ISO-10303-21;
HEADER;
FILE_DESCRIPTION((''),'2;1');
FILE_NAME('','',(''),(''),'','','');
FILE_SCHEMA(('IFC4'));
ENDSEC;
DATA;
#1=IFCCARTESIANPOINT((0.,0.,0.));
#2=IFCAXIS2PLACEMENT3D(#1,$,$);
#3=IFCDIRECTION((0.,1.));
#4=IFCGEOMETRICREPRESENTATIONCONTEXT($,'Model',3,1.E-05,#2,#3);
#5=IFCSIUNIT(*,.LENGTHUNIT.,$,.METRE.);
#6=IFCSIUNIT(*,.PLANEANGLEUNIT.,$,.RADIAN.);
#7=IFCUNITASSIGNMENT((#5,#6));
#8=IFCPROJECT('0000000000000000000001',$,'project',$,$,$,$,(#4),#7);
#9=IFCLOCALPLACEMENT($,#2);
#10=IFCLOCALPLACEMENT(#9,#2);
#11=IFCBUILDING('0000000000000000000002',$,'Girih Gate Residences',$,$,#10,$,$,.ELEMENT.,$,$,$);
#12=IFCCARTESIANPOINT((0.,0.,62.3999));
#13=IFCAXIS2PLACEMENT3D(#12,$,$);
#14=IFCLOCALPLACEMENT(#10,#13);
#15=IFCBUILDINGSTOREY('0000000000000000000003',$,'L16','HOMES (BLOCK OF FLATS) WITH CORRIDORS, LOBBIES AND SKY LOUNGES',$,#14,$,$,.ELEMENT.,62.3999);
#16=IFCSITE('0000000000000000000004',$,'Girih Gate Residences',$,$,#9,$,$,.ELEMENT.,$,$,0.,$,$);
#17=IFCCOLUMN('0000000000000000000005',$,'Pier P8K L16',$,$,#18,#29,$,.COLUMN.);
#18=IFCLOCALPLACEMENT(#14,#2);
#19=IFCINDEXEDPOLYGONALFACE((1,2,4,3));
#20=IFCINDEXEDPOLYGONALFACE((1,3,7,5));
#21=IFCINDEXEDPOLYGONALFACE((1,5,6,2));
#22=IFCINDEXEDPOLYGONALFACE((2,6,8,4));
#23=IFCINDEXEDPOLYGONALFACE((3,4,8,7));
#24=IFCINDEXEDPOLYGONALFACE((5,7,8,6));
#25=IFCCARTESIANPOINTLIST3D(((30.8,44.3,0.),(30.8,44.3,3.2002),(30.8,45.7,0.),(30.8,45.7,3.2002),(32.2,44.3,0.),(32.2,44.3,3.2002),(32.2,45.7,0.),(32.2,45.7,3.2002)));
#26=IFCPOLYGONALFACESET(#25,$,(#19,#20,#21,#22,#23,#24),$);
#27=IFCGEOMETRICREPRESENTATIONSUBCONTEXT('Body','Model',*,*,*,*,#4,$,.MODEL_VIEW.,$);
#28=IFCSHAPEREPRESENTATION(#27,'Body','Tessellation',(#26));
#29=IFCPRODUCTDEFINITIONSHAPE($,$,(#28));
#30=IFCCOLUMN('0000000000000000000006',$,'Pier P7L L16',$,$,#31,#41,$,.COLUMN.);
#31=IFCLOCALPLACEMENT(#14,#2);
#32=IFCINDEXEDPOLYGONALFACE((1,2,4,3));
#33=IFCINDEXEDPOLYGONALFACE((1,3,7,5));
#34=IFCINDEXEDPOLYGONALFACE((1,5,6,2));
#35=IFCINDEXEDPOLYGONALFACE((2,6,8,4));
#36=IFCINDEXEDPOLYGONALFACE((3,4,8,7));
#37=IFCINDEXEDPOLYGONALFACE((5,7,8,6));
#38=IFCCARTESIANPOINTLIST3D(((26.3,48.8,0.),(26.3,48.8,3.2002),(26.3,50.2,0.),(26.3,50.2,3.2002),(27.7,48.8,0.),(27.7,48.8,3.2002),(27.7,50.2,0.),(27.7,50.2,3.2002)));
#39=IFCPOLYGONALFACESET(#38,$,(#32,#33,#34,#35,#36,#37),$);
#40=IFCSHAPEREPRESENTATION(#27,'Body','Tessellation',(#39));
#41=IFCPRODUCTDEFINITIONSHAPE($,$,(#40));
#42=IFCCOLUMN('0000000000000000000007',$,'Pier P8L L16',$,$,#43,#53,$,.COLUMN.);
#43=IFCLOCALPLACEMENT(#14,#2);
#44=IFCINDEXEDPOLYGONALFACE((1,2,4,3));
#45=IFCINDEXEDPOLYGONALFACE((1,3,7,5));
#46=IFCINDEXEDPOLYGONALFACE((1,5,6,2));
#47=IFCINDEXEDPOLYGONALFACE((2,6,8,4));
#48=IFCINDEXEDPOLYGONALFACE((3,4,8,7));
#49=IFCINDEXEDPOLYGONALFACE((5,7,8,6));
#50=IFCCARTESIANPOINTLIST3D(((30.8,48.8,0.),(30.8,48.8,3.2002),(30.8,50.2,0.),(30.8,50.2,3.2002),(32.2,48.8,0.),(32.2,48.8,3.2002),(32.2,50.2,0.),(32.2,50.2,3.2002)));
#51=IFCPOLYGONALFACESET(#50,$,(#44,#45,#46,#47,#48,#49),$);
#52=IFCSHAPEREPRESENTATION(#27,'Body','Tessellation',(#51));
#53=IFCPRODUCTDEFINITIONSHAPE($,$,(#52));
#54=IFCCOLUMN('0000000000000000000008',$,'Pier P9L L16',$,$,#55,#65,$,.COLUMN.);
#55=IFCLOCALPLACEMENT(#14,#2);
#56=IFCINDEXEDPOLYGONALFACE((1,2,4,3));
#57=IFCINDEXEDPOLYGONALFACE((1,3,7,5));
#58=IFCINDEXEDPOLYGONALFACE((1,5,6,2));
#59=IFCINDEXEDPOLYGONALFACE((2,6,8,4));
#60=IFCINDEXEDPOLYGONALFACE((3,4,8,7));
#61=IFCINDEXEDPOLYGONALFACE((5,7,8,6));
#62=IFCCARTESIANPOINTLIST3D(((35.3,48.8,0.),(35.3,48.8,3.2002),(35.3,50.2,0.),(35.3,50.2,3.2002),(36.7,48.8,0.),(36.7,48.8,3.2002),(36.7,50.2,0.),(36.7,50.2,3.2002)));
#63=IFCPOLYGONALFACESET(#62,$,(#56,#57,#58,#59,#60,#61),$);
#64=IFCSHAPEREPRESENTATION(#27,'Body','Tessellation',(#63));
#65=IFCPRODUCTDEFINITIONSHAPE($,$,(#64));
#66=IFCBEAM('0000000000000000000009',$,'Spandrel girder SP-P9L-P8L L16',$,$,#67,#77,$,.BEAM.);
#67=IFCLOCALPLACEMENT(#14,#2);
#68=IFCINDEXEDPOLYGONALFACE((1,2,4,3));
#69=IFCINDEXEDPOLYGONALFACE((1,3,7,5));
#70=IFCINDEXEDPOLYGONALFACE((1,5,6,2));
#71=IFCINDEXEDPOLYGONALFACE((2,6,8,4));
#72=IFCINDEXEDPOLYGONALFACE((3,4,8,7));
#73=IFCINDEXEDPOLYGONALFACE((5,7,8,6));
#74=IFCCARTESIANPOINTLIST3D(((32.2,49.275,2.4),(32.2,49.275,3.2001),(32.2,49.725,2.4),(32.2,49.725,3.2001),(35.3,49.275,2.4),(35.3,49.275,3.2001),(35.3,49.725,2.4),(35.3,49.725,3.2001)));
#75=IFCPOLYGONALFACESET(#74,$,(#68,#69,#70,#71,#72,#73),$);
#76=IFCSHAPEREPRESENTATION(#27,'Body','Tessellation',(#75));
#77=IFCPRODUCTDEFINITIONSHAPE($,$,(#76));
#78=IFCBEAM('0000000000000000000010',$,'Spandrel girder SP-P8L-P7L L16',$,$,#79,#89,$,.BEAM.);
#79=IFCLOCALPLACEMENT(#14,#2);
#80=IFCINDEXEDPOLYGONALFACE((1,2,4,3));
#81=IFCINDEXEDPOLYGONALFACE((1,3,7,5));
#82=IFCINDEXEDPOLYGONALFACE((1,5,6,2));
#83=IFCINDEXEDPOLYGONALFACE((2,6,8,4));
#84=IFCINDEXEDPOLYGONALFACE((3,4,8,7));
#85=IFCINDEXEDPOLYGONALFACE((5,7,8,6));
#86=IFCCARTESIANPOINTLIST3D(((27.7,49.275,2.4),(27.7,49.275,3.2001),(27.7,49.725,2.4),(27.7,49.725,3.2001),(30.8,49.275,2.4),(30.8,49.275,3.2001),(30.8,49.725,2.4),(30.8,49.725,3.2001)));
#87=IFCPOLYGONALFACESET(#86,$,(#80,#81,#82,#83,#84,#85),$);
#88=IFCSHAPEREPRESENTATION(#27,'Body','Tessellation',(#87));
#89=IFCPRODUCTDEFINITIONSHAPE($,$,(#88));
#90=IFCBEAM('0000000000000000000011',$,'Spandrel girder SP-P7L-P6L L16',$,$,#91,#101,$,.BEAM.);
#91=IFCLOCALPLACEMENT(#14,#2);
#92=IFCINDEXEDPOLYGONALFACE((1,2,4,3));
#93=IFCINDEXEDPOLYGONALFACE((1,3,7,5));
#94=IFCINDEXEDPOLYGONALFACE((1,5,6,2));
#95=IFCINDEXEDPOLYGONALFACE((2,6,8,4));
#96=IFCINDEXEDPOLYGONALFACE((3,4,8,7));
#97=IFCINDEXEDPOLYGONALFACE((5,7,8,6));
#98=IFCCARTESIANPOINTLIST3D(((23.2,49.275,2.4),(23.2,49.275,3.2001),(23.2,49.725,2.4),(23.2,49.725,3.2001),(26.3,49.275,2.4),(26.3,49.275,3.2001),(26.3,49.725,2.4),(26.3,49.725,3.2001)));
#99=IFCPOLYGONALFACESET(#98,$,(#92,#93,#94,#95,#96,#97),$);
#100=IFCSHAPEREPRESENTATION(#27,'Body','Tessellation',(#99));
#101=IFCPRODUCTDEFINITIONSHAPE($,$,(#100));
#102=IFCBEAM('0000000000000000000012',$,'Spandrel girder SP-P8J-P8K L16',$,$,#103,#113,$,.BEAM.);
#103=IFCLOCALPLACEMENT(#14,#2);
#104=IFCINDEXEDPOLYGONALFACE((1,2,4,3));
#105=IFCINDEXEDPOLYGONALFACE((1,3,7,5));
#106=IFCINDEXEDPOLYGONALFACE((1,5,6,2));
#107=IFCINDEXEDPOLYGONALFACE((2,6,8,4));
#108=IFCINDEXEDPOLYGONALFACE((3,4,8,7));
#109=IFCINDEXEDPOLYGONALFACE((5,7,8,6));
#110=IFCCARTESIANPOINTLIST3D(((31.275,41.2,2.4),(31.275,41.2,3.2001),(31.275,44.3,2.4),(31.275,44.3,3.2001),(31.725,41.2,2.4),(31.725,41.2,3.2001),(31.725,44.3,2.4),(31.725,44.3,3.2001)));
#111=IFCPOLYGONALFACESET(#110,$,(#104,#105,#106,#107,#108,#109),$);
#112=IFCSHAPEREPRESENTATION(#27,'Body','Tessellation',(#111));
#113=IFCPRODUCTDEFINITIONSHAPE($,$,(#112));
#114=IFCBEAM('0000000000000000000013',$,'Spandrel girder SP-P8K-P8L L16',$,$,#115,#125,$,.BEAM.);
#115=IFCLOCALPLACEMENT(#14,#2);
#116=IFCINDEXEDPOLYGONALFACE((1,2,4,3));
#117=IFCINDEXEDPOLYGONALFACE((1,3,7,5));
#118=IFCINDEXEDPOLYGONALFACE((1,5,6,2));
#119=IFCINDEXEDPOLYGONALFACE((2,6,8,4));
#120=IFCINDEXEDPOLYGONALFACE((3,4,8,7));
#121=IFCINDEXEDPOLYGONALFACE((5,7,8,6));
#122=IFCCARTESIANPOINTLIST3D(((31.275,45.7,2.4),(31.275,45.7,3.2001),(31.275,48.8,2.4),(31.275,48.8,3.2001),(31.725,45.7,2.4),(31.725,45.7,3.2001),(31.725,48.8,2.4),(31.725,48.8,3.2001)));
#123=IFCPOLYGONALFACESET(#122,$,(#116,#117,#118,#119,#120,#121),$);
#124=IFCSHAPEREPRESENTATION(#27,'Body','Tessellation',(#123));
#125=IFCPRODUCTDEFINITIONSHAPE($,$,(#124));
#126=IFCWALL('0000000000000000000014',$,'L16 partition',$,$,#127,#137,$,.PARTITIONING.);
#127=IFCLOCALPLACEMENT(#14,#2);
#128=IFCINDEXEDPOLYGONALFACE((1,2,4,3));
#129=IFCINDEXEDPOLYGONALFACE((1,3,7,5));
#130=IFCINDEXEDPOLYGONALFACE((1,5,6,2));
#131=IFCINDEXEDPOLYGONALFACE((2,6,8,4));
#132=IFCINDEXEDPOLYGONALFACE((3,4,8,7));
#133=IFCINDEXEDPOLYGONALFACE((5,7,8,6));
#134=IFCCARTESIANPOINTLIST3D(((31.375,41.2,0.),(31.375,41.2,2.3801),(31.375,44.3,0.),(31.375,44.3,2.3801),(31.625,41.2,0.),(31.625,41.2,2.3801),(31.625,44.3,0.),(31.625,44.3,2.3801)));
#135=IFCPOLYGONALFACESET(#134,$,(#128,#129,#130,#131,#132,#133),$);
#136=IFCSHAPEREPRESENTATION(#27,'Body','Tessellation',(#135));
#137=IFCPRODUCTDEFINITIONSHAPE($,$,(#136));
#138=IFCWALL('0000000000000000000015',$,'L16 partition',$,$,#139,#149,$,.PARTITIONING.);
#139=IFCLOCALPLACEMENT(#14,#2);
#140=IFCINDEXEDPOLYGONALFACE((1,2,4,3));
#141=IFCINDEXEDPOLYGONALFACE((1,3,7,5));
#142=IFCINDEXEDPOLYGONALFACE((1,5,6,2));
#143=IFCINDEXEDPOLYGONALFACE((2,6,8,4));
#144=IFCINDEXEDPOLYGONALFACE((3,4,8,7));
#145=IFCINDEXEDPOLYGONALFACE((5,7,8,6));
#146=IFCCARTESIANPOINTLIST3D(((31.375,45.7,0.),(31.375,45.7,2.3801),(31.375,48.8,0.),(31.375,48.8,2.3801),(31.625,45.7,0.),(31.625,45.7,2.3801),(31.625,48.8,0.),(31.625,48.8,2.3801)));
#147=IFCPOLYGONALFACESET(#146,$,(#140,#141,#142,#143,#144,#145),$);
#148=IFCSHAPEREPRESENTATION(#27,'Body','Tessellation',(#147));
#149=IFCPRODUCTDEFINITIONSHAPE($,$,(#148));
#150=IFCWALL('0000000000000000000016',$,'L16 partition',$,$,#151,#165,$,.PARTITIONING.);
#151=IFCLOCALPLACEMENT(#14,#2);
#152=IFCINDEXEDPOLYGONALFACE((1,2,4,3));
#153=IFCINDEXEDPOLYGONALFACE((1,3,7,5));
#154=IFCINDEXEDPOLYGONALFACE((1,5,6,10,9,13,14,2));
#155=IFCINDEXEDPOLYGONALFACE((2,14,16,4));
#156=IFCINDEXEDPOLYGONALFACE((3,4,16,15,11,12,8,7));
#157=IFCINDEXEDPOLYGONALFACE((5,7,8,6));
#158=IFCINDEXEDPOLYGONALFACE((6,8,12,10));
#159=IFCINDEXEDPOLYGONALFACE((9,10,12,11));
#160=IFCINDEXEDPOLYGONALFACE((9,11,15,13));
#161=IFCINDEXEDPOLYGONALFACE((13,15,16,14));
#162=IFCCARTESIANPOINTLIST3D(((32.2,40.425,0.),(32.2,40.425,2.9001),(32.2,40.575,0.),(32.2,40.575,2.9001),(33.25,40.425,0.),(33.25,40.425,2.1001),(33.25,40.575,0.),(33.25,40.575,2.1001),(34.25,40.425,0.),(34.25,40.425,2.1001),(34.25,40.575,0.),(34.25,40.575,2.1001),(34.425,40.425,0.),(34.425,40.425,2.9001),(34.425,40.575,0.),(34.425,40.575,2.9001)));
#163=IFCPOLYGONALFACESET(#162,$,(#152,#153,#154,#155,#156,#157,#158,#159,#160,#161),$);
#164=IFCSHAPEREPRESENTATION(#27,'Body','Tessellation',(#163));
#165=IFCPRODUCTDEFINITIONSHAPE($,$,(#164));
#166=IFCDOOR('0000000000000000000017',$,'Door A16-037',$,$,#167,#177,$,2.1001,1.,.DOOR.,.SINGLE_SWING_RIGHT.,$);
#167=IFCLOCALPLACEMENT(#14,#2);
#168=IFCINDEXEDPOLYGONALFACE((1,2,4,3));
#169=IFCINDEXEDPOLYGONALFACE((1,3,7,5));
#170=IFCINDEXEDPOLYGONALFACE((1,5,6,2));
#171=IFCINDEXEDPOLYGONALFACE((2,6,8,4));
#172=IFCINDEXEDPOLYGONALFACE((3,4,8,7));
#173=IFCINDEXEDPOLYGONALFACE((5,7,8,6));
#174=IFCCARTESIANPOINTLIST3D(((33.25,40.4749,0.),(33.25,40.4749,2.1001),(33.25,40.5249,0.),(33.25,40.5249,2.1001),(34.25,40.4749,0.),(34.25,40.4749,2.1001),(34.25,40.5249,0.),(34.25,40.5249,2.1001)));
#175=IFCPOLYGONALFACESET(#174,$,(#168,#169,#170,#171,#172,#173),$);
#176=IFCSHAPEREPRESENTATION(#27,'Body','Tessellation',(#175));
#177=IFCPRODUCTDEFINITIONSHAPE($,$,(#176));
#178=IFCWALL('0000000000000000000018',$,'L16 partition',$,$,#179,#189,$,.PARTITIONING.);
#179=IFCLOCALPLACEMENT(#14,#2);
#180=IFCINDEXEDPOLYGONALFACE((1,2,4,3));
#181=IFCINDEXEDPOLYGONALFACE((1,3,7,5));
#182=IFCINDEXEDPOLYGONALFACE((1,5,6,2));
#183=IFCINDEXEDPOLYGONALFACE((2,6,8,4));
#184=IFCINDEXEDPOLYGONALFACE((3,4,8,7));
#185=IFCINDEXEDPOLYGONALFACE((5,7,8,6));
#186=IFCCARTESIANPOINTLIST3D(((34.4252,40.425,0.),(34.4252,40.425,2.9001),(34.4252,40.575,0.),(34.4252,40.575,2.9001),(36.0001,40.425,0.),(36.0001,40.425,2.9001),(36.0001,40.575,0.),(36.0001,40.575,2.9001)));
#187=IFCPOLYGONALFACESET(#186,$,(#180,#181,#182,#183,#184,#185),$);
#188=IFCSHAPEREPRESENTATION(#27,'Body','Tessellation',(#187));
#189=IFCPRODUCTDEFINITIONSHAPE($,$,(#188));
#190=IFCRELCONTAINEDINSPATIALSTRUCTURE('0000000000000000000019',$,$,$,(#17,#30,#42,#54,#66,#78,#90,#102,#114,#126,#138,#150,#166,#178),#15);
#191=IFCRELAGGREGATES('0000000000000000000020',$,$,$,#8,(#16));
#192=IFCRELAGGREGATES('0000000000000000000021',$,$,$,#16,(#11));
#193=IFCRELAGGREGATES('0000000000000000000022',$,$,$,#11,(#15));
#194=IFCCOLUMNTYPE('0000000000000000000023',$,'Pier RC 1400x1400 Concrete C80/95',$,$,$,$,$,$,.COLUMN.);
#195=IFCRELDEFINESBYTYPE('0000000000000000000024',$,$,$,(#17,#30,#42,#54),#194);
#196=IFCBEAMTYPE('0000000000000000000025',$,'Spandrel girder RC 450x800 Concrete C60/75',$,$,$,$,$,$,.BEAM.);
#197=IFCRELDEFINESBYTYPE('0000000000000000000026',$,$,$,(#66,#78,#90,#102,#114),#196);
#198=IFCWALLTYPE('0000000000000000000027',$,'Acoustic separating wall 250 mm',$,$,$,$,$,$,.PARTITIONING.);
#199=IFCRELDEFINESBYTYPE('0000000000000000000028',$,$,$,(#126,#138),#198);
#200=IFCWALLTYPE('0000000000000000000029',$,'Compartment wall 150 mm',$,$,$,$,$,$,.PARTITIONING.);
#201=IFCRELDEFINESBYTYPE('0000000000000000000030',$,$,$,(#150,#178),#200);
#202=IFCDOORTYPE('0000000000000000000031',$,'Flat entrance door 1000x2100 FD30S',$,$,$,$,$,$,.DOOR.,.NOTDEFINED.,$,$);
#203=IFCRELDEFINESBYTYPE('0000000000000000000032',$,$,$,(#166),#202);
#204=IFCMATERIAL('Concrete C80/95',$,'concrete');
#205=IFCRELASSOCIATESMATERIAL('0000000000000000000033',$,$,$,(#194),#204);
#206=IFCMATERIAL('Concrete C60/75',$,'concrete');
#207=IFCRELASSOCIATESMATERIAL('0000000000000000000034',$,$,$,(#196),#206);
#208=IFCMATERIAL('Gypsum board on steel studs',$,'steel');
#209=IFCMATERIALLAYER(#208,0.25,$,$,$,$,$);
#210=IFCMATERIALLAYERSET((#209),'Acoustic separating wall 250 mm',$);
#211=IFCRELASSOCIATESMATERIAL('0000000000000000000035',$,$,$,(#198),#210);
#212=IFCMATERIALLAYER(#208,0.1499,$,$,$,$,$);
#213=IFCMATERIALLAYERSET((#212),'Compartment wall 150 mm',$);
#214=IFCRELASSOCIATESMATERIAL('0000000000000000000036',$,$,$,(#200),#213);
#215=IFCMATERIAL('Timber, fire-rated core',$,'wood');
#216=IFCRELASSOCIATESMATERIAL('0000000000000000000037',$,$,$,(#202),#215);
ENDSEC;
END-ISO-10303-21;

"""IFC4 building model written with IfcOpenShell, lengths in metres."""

from ifc_helpers import new_model, si_unit, direction, frame, frame_2d, origin, origin_2d, place, context, subcontext, project, spatial, rectangle, extrude, material, layer, layer_set, material_profile, profile_set, type_object, element, fill, save


model = new_model("IFC4")

# Units and contexts
model_context = context("Model", 3, precision=1e-05, world=origin(), true_north=direction((0.0, 1.0)))
body_context = subcontext(model_context, "Body", "Model", "MODEL_VIEW")
ifc_project = project(units=[si_unit("LENGTHUNIT", "METRE"), si_unit("PLANEANGLEUNIT", "RADIAN")], contexts=[model_context])

# Site, building, storey
site_placement = place(None, origin())
site = spatial("IfcSite", under=ifc_project, at=site_placement, Name="Girih Gate Residences", CompositionType="ELEMENT", RefElevation=0.0)
building_placement = place(site_placement, origin())
building = spatial("IfcBuilding", under=site, at=building_placement, Name="Girih Gate Residences", CompositionType="ELEMENT")
storey_placement = place(building_placement, frame((0.0, 0.0, 62.3999)))
storey = spatial("IfcBuildingStorey", under=building, at=storey_placement, Name="L16", Description="HOMES (BLOCK OF FLATS) WITH CORRIDORS, LOBBIES AND SKY LOUNGES", CompositionType="ELEMENT", Elevation=62.3999)

# Columns
ifc_material_1 = material(Name="Concrete C80/95", Category="concrete")
ifc_material_profile_1 = material_profile(ifc_material_1, rectangle(XDim=1.3999, YDim=1.3999, at=origin_2d()))
ifc_profile_set_1 = profile_set([ifc_material_profile_1], Name="Concrete C80/95")
column_type = type_object("IfcColumnType", Name="Pier RC 1400x1400 Concrete C80/95", PredefinedType="COLUMN", material=ifc_profile_set_1)
for number, where, z_axis, x_axis, name in (
    (1, (31.5, 45.0, 0.0), (0.0, 0.0, 1.0), (1.0, 0.0, 0.0), "Pier P8K L16"),
    (2, (27.0, 49.5, 0.0), (0.0, 0.0, 1.0), (1.0, 0.0, 0.0), "Pier P7L L16"),
    (3, (31.5, 49.5, 0.0), (0.0, 0.0, 1.0), (1.0, 0.0, 0.0), "Pier P8L L16"),
    (4, (36.0, 49.5, 0.0), (0.0, 0.0, 1.0), (1.0, 0.0, 0.0), "Pier P9L L16"),
):
    element("IfcColumn", number, at=place(storey_placement, frame(where, z_axis=z_axis, x_axis=x_axis)), inside=storey, type_object=column_type, Name=name, PredefinedType="COLUMN", context=body_context, shape_type="SweptSolid", body=[
        extrude(rectangle(XDim=1.3999, YDim=1.3999, at=origin_2d()), origin(), (0.0, 0.0, 1.0), 3.2002),
    ])

# Beams
ifc_material_2 = material(Name="Concrete C60/75", Category="concrete")
ifc_material_profile_2 = material_profile(ifc_material_2, rectangle(XDim=0.45, YDim=0.8, at=origin_2d()))
ifc_profile_set_2 = profile_set([ifc_material_profile_2], Name="Concrete C60/75")
beam_type = type_object("IfcBeamType", Name="Spandrel girder RC 450x800 Concrete C60/75", PredefinedType="BEAM", material=ifc_profile_set_2)
for number, where, z_axis, x_axis, name in (
    (5, (35.3, 49.5, 2.8), (-1.0, 0.0, 0.0), (0.0, -1.0, 0.0), "Spandrel girder SP-P9L-P8L L16"),
    (6, (30.8, 49.5, 2.8), (-1.0, 0.0, 0.0), (0.0, -1.0, 0.0), "Spandrel girder SP-P8L-P7L L16"),
    (7, (26.3, 49.5, 2.8), (-1.0, 0.0, 0.0), (0.0, -1.0, 0.0), "Spandrel girder SP-P7L-P6L L16"),
    (8, (31.5, 41.2, 2.8), (0.0, 1.0, 0.0), (-1.0, 0.0, 0.0), "Spandrel girder SP-P8J-P8K L16"),
    (9, (31.5, 45.7, 2.8), (0.0, 1.0, 0.0), (-1.0, 0.0, 0.0), "Spandrel girder SP-P8K-P8L L16"),
):
    element("IfcBeam", number, at=place(storey_placement, frame(where, z_axis=z_axis, x_axis=x_axis)), inside=storey, type_object=beam_type, Name=name, PredefinedType="BEAM", context=body_context, shape_type="SweptSolid", body=[
        extrude(rectangle(XDim=0.45, YDim=0.8, at=origin_2d()), origin(), (0.0, 0.0, 1.0), 3.1001),
    ])

# Walls
ifc_material_3 = material(Name="Gypsum board on steel studs", Category="steel")
ifc_layer_1 = layer(ifc_material_3, 0.25)
ifc_layer_set_1 = layer_set([ifc_layer_1], Name="Acoustic separating wall 250 mm")
wall_type_1 = type_object("IfcWallType", Name="Acoustic separating wall 250 mm", PredefinedType="PARTITIONING", material=ifc_layer_set_1)
for number, where, z_axis, x_axis, name in (
    (10, (31.5, 41.2, 0.0), (0.0, 0.0, 1.0), (0.0, 1.0, 0.0), "L16 partition"),
    (11, (31.5, 45.7, 0.0), (0.0, 0.0, 1.0), (0.0, 1.0, 0.0), "L16 partition"),
):
    element("IfcWall", number, at=place(storey_placement, frame(where, z_axis=z_axis, x_axis=x_axis)), inside=storey, type_object=wall_type_1, Name=name, PredefinedType="PARTITIONING", context=body_context, shape_type="SweptSolid", body=[
        extrude(rectangle(XDim=3.1001, YDim=0.25, at=frame_2d((1.55, 0.0))), origin(), (0.0, 0.0, 1.0), 2.3801),
    ])

# Wall, opening, door
ifc_layer_2 = layer(ifc_material_3, 0.1499)
ifc_layer_set_2 = layer_set([ifc_layer_2], Name="Compartment wall 150 mm")
wall_type_2 = type_object("IfcWallType", Name="Compartment wall 150 mm", PredefinedType="PARTITIONING", material=ifc_layer_set_2)
wall_1_placement = place(storey_placement, frame((32.2, 40.5, 0.0), z_axis=(0.0, 0.0, 1.0), x_axis=(1.0, 0.0, 0.0)))
wall_1 = element("IfcWall", 12, at=wall_1_placement, inside=storey, type_object=wall_type_2, Name="L16 partition", PredefinedType="PARTITIONING", context=body_context, shape_type="SweptSolid", body=[
    extrude(rectangle(XDim=2.2251, YDim=0.1499, at=frame_2d((1.1125, 0.0))), origin(), (0.0, 0.0, 1.0), 2.9001),
])
opening_1_placement = place(wall_1_placement, frame((1.05, 0.0, 0.0)))
opening_1 = element("IfcOpeningElement", 13, at=opening_1_placement, cuts=wall_1, PredefinedType="OPENING", context=body_context, shape_type="SweptSolid", body=[
    extrude(rectangle(XDim=1.0, YDim=2.1001, at=frame_2d((0.5, 1.05))), frame((0.0, 0.085, 0.0), z_axis=(0.0, -1.0, 0.0), x_axis=(1.0, 0.0, 0.0)), (0.0, 0.0, 1.0), 0.1699),
])
ifc_material_4 = material(Name="Timber, fire-rated core", Category="wood")
door_type_1 = type_object("IfcDoorType", Name="Flat entrance door 1000x2100 FD30S", OperationType="NOTDEFINED", PredefinedType="DOOR", material=ifc_material_4)
door_1_placement = place(opening_1_placement, origin())
door_1 = element("IfcDoor", 14, at=door_1_placement, inside=storey, type_object=door_type_1, Name="Door A16-037", OperationType="SINGLE_SWING_RIGHT", OverallHeight=2.1001, OverallWidth=1.0, PredefinedType="DOOR", context=body_context, shape_type="SweptSolid", body=[
    extrude(rectangle(XDim=1.0, YDim=2.1001, at=frame_2d((0.5, 1.05))), frame((0.0, 0.0249, 0.0), z_axis=(0.0, -1.0, 0.0), x_axis=(1.0, 0.0, 0.0)), (0.0, 0.0, 1.0), 0.05),
])
fill(opening_1, door_1)

# Wall
wall_2_placement = place(storey_placement, frame((34.425, 40.5, 0.0), z_axis=(0.0, 0.0, 1.0), x_axis=(1.0, 0.0, 0.0)))
element("IfcWall", 15, at=wall_2_placement, inside=storey, type_object=wall_type_2, Name="L16 partition", PredefinedType="PARTITIONING", context=body_context, shape_type="SweptSolid", body=[
    extrude(rectangle(XDim=1.575, YDim=0.1499, at=frame_2d((0.7876, 0.0))), origin(), (0.0, 0.0, 1.0), 2.9001),
])

save(model, "model.ifc")
